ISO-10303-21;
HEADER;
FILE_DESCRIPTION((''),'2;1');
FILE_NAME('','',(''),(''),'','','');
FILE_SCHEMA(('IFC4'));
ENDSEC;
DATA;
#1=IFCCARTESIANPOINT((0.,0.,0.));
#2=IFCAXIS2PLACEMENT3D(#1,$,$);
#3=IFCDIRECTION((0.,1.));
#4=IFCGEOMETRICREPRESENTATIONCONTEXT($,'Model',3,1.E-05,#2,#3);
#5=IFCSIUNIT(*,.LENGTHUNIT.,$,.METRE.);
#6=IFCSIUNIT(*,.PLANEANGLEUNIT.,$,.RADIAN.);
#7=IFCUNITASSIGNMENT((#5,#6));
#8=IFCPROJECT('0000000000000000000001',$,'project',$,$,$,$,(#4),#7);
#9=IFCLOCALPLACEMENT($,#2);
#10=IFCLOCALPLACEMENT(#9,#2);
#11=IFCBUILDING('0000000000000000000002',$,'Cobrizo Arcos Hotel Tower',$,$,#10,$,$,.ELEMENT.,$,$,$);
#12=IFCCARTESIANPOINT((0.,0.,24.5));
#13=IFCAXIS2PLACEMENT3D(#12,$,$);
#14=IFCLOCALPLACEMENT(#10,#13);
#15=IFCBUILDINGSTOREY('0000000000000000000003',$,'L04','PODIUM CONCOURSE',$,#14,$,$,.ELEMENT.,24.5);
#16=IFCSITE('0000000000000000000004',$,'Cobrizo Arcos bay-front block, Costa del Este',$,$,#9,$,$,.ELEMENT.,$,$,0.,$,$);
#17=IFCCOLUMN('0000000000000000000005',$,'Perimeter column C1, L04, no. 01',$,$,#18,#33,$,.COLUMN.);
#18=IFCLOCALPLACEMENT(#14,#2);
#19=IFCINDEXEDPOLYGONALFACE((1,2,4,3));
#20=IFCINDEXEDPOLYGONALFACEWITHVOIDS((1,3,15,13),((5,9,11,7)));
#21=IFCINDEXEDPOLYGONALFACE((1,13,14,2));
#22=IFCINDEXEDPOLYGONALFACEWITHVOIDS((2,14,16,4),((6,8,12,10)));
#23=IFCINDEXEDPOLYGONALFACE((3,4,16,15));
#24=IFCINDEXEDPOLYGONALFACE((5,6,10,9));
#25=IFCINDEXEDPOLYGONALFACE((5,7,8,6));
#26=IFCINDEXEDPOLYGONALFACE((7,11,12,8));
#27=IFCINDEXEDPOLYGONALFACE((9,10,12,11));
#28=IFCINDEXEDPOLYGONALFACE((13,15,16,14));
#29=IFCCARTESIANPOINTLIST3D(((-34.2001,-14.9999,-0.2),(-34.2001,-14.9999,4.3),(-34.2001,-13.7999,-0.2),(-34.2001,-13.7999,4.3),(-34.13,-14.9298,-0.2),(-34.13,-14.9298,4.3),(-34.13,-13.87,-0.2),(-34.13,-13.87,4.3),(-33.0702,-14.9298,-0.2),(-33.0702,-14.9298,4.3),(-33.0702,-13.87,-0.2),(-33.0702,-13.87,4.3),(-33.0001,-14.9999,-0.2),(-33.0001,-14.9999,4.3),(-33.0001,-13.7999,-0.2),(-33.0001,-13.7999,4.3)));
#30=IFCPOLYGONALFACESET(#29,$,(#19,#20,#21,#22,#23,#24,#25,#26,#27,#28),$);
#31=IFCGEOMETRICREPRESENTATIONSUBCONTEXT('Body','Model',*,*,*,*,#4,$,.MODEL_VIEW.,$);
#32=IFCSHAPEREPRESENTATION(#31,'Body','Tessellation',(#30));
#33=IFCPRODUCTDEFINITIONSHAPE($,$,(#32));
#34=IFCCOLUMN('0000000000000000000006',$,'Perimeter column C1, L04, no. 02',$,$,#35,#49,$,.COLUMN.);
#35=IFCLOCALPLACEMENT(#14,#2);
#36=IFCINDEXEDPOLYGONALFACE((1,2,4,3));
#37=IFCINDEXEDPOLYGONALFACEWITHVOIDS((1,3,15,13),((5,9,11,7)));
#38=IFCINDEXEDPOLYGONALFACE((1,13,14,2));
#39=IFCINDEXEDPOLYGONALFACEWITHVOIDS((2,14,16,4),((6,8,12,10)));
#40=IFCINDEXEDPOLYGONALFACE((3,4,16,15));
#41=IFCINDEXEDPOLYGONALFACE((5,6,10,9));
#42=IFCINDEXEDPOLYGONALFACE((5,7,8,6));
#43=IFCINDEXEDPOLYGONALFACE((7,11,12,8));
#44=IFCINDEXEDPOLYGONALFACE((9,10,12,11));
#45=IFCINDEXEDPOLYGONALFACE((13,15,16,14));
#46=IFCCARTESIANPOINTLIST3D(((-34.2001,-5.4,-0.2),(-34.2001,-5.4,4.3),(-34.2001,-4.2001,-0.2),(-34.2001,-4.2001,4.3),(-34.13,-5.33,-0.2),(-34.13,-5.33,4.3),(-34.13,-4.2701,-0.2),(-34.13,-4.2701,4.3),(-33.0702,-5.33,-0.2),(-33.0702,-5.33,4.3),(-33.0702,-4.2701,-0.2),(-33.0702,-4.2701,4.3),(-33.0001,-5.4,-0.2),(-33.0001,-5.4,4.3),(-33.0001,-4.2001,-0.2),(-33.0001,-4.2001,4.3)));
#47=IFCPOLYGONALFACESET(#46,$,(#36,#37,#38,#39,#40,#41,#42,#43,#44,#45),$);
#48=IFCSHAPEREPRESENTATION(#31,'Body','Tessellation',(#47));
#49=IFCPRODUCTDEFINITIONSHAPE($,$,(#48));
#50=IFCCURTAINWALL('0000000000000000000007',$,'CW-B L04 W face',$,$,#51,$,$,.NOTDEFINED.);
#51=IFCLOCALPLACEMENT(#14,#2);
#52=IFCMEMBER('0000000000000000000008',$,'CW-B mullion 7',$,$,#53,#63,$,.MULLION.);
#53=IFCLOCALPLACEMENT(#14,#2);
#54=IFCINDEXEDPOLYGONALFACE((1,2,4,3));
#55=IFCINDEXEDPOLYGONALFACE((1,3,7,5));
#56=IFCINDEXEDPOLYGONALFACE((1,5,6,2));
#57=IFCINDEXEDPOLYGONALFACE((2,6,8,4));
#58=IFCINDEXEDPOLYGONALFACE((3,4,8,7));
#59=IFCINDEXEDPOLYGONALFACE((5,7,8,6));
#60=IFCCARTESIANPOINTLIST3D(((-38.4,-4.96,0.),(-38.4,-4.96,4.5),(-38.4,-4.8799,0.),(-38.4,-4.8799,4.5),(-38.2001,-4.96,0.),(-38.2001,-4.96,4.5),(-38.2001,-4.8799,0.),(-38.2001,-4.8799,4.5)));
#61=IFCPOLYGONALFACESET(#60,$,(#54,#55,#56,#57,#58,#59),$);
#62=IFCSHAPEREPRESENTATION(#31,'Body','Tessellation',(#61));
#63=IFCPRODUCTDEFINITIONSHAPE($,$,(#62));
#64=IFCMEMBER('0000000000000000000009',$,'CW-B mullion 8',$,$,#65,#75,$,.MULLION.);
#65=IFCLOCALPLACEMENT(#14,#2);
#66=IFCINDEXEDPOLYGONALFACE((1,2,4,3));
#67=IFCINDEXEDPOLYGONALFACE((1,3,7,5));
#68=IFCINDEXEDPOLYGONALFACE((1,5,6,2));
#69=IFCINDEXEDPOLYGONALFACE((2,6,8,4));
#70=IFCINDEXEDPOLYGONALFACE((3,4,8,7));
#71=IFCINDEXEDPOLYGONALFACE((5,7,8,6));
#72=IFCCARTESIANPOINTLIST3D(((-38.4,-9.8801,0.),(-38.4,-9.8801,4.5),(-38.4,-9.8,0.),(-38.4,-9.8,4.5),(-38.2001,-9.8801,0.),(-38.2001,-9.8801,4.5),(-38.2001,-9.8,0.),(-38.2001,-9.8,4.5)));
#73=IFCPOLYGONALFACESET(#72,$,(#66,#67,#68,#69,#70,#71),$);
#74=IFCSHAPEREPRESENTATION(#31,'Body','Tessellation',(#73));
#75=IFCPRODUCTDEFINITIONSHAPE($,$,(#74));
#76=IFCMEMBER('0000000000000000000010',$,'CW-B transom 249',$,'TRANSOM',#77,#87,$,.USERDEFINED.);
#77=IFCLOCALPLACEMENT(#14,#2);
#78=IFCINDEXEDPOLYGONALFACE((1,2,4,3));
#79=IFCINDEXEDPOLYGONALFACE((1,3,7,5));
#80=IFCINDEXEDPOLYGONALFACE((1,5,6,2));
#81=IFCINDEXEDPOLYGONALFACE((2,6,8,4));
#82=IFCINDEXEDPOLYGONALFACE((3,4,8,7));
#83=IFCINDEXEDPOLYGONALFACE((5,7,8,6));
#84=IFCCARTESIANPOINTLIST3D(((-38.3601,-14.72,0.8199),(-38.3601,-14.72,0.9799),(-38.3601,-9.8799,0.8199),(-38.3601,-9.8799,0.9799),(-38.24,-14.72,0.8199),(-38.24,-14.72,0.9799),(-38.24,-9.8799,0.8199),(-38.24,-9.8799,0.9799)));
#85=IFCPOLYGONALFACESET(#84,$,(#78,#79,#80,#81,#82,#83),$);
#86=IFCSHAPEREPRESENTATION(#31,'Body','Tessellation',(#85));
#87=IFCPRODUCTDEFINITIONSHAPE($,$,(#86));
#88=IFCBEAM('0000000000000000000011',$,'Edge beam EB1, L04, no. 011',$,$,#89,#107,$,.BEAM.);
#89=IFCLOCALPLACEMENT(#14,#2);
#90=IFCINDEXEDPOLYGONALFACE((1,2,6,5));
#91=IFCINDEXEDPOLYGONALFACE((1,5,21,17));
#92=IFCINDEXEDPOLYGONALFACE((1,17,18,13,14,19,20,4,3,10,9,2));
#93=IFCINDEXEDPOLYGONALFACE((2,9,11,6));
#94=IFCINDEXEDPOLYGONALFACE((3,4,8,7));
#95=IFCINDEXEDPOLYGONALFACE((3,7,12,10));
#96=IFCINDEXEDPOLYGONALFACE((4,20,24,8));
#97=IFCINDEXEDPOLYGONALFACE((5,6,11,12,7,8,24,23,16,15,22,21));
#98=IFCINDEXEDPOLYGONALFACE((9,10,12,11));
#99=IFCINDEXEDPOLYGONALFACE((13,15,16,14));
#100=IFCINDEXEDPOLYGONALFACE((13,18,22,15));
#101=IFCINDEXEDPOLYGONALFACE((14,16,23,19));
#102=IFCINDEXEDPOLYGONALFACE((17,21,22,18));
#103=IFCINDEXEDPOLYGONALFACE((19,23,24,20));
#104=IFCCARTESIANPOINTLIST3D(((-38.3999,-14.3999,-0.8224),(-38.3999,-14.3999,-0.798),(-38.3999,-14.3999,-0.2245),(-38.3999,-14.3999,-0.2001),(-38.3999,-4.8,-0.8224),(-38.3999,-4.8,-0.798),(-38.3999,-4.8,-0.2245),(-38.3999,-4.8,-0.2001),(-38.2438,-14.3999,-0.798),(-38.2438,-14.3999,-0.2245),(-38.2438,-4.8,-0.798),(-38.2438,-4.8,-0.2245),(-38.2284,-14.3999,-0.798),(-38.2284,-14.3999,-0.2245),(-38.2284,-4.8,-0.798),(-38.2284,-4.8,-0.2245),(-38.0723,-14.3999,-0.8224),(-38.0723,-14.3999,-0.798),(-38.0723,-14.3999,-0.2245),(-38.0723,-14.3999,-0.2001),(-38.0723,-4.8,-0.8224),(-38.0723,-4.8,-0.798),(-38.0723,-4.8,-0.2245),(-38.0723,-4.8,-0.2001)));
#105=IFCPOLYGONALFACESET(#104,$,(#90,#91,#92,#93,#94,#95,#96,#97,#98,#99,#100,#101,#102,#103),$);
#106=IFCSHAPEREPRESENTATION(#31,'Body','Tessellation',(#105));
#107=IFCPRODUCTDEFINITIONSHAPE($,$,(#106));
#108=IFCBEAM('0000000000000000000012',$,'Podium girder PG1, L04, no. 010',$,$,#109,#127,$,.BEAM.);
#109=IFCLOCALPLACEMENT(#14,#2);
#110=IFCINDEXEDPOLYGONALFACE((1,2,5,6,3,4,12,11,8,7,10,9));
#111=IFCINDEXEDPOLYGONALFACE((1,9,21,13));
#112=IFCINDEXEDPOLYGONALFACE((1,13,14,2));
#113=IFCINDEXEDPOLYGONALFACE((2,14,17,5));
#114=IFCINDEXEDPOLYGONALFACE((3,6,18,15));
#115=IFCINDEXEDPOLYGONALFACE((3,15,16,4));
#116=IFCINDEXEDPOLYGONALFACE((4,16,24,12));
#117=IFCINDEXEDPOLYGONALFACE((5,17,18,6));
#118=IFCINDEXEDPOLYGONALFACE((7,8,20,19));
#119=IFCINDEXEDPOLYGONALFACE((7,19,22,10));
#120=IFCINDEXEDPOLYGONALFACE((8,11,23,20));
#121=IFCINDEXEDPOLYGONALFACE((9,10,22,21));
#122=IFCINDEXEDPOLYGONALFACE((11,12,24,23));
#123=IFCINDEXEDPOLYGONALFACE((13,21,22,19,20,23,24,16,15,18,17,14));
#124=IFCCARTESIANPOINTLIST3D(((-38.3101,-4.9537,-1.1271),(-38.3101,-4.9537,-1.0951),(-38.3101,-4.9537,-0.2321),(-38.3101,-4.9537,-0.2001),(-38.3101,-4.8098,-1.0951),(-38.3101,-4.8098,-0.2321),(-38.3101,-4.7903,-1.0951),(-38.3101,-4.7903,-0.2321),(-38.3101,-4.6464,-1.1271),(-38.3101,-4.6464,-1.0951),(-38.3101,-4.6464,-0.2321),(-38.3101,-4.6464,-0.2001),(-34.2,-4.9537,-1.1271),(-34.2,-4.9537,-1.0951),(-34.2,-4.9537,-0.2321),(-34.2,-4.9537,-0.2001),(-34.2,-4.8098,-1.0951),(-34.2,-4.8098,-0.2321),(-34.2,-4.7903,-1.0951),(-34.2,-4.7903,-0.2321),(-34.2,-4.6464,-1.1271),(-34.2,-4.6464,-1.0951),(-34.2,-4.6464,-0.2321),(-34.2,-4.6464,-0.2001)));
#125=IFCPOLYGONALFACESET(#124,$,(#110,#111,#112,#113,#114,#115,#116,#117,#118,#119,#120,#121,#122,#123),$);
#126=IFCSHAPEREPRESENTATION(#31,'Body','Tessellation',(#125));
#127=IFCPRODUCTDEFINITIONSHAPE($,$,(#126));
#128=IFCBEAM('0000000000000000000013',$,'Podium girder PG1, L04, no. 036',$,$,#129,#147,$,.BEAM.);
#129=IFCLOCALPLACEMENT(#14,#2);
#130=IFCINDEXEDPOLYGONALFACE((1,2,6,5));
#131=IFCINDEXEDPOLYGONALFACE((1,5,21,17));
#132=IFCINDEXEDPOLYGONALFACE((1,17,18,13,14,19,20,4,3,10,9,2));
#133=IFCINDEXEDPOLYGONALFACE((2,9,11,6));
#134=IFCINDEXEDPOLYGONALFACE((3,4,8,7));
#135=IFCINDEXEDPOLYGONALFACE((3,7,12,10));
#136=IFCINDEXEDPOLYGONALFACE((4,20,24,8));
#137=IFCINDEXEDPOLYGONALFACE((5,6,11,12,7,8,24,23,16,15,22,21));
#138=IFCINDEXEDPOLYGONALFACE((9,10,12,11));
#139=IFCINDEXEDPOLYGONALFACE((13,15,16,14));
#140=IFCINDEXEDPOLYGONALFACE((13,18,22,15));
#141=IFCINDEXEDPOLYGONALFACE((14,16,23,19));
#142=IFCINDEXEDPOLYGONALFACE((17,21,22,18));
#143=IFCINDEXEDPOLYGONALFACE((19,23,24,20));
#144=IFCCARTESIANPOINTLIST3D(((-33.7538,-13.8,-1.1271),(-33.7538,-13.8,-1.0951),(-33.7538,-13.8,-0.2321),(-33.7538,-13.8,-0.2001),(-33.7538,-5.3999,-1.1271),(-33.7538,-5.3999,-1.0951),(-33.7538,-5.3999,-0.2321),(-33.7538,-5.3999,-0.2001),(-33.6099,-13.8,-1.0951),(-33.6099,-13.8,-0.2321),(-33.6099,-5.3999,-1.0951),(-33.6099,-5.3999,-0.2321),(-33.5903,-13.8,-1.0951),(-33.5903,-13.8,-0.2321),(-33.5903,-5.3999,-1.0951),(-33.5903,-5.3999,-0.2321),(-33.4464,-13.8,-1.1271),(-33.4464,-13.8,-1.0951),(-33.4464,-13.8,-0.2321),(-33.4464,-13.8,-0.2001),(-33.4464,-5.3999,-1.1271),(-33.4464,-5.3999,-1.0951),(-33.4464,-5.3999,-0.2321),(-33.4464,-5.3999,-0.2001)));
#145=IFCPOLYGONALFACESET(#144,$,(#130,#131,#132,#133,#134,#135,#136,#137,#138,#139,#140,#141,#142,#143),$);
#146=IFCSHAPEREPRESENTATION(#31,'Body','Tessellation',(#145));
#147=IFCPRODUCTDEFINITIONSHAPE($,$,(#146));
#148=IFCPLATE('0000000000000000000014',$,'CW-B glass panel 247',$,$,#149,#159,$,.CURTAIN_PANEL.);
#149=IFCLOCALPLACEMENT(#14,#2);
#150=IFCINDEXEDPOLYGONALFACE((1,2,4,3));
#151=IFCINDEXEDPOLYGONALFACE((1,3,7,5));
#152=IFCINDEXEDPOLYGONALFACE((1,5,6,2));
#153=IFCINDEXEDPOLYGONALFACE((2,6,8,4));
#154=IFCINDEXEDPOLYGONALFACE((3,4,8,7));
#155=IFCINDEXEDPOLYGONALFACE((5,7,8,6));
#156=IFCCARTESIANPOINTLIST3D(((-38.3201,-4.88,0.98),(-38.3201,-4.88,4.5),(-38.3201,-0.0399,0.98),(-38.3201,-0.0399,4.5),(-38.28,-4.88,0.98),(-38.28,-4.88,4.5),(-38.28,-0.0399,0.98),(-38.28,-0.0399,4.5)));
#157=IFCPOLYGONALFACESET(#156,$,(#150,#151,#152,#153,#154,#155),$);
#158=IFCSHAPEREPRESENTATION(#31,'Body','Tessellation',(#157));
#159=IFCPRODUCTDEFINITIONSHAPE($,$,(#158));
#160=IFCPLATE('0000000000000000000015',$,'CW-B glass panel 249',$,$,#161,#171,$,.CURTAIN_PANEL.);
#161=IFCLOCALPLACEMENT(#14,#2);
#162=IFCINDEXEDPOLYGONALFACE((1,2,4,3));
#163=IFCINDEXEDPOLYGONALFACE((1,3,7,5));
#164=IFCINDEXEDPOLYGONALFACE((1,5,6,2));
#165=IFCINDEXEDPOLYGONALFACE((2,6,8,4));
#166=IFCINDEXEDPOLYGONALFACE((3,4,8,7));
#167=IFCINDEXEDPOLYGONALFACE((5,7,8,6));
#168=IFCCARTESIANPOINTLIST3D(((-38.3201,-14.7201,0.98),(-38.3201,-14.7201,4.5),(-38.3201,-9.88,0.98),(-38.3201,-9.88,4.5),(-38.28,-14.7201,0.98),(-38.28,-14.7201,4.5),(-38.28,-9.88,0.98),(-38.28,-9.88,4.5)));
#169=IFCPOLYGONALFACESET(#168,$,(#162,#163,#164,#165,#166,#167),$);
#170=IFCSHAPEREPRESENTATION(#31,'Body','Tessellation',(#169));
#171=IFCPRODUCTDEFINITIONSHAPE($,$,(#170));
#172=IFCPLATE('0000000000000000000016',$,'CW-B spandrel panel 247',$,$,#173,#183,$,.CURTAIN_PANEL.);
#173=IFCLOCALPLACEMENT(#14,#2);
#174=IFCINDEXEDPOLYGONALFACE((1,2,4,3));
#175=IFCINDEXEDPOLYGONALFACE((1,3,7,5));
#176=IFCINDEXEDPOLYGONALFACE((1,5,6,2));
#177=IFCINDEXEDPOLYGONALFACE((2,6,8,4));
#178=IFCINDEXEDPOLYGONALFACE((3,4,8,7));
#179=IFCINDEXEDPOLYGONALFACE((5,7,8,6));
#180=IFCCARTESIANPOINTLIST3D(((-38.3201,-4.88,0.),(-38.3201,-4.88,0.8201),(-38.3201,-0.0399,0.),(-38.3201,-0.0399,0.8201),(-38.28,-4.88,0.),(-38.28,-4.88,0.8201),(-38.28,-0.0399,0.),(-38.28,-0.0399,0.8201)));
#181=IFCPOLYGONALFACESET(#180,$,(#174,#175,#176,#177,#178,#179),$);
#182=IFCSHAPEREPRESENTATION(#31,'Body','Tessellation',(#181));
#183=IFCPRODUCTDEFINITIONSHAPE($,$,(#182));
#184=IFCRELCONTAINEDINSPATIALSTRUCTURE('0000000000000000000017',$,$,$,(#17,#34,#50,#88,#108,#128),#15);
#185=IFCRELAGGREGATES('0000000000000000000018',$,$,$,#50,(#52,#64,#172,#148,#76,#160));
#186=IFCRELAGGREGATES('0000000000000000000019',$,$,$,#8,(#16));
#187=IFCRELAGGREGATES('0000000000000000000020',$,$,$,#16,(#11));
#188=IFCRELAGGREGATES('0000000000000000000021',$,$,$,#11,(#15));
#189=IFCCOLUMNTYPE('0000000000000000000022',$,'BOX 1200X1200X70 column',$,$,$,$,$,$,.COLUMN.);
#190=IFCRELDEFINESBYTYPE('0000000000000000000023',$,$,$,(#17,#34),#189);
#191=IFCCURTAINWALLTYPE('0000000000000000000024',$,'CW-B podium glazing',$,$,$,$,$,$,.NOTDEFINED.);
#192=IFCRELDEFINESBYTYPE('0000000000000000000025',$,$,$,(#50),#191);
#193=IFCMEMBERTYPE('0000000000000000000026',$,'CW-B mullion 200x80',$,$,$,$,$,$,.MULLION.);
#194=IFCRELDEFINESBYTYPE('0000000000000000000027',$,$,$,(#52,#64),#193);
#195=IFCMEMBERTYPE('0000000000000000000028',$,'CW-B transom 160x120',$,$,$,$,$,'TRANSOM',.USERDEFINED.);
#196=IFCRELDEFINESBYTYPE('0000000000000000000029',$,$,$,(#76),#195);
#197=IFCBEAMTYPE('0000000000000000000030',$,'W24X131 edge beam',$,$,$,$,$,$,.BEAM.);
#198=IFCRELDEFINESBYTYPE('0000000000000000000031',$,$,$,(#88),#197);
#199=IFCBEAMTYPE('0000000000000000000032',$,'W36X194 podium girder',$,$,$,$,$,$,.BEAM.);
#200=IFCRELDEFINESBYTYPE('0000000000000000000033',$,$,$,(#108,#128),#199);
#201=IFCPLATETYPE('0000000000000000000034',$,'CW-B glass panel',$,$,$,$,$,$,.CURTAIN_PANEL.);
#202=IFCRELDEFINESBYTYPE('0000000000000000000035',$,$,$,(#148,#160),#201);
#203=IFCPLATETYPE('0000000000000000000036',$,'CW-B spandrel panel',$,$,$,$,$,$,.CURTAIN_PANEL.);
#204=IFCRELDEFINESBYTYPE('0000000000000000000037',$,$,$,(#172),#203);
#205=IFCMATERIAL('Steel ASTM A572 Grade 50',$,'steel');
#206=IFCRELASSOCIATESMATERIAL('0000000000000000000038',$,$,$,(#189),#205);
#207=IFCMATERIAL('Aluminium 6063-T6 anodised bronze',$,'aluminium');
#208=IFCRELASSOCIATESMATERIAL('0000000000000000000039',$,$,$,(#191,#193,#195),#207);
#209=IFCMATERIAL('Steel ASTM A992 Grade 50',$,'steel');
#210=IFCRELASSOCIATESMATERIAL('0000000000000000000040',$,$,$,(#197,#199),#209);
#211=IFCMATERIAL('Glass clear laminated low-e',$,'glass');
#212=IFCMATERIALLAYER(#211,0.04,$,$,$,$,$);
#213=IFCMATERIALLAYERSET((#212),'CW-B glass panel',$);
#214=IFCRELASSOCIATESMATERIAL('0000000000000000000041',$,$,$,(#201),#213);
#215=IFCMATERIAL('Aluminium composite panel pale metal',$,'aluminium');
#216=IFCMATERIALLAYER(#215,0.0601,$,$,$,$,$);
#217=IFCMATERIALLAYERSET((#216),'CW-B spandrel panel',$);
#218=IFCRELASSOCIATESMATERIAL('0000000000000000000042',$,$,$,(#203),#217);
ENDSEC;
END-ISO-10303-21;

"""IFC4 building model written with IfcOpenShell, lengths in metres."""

from ifc_helpers import new_model, si_unit, direction, frame, origin, origin_2d, place, context, subcontext, project, spatial, rectangle, hollow_rectangle, i_section, extrude, material, layer, layer_set, material_profile, profile_set, type_object, element, aggregate, save


model = new_model("IFC4")

# Units and contexts
model_context = context("Model", 3, precision=1e-05, world=origin(), true_north=direction((0.0, 1.0)))
body_context = subcontext(model_context, "Body", "Model", "MODEL_VIEW")
ifc_project = project(units=[si_unit("LENGTHUNIT", "METRE"), si_unit("PLANEANGLEUNIT", "RADIAN")], contexts=[model_context])

# Site, building, storey
site_placement = place(None, origin())
site = spatial("IfcSite", under=ifc_project, at=site_placement, Name="Cobrizo Arcos bay-front block, Costa del Este", CompositionType="ELEMENT", RefElevation=0.0)
building_placement = place(site_placement, origin())
building = spatial("IfcBuilding", under=site, at=building_placement, Name="Cobrizo Arcos Hotel Tower", CompositionType="ELEMENT")
storey_placement = place(building_placement, frame((0.0, 0.0, 24.5)))
storey = spatial("IfcBuildingStorey", under=building, at=storey_placement, Name="L04", Description="PODIUM CONCOURSE", CompositionType="ELEMENT", Elevation=24.5)

# Columns
ifc_material_1 = material(Name="Steel ASTM A572 Grade 50", Category="steel")
ifc_material_profile_1 = material_profile(ifc_material_1, hollow_rectangle(XDim=1.2, YDim=1.2, WallThickness=0.0701, at=origin_2d()), Name="BOX 1200X1200X70")
ifc_profile_set_1 = profile_set([ifc_material_profile_1], Name="Steel ASTM A572 Grade 50")
column_type = type_object("IfcColumnType", Name="BOX 1200X1200X70 column", PredefinedType="COLUMN", material=ifc_profile_set_1)
for number, where, z_axis, x_axis, name in (
    (1, (-33.6001, -14.3999, -0.2), (0.0, 0.0, 1.0), (1.0, 0.0, 0.0), "Perimeter column C1, L04, no. 01"),
    (2, (-33.6001, -4.8, -0.2), (0.0, 0.0, 1.0), (1.0, 0.0, 0.0), "Perimeter column C1, L04, no. 02"),
):
    element("IfcColumn", number, at=place(storey_placement, frame(where, z_axis=z_axis, x_axis=x_axis)), inside=storey, type_object=column_type, Name=name, PredefinedType="COLUMN", context=body_context, shape_type="SweptSolid", body=[
        extrude(hollow_rectangle(XDim=1.2, YDim=1.2, WallThickness=0.0701, at=origin_2d()), origin(), (0.0, 0.0, 1.0), 4.5),
    ])

# Curtain wall, members
ifc_material_2 = material(Name="Aluminium 6063-T6 anodised bronze", Category="aluminium")
curtain_wall_type = type_object("IfcCurtainWallType", Name="CW-B podium glazing", PredefinedType="NOTDEFINED", material=ifc_material_2)
curtain_wall_placement = place(storey_placement, origin())
curtain_wall = element("IfcCurtainWall", 3, at=curtain_wall_placement, inside=storey, type_object=curtain_wall_type, Name="CW-B L04 W face", PredefinedType="NOTDEFINED")
ifc_material_profile_2 = material_profile(ifc_material_2, rectangle(XDim=0.2, YDim=0.0801, at=origin_2d()), Name="CW-B mullion 200x80")
ifc_profile_set_2 = profile_set([ifc_material_profile_2], Name="Aluminium 6063-T6 anodised bronze")
member_type_1 = type_object("IfcMemberType", Name="CW-B mullion 200x80", PredefinedType="MULLION", material=ifc_profile_set_2)
member_1_placement = place(storey_placement, frame((-38.3, -4.9199, 0.0), z_axis=(0.0, 0.0, 1.0), x_axis=(-1.0, 0.0, 0.0)))
member_1 = element("IfcMember", 4, at=member_1_placement, type_object=member_type_1, Name="CW-B mullion 7", PredefinedType="MULLION", context=body_context, shape_type="SweptSolid", body=[
    extrude(rectangle(XDim=0.2, YDim=0.0801, at=origin_2d()), origin(), (0.0, 0.0, 1.0), 4.5),
])
member_2_placement = place(storey_placement, frame((-38.3, -9.8401, 0.0), z_axis=(0.0, 0.0, 1.0), x_axis=(-1.0, 0.0, 0.0)))
member_2 = element("IfcMember", 5, at=member_2_placement, type_object=member_type_1, Name="CW-B mullion 8", PredefinedType="MULLION", context=body_context, shape_type="SweptSolid", body=[
    extrude(rectangle(XDim=0.2, YDim=0.0801, at=origin_2d()), origin(), (0.0, 0.0, 1.0), 4.5),
])
ifc_material_profile_3 = material_profile(ifc_material_2, rectangle(XDim=0.1201, YDim=0.1599, at=origin_2d()), Name="CW-B transom 160x120")
ifc_profile_set_3 = profile_set([ifc_material_profile_3], Name="Aluminium 6063-T6 anodised bronze")
member_type_2 = type_object("IfcMemberType", Name="CW-B transom 160x120", ElementType="TRANSOM", PredefinedType="USERDEFINED", material=ifc_profile_set_3)
member_3_placement = place(storey_placement, frame((-38.3, -9.8799, 0.8999), z_axis=(0.0, -1.0, 0.0), x_axis=(1.0, 0.0, 0.0)))
member_3 = element("IfcMember", 6, at=member_3_placement, type_object=member_type_2, Name="CW-B transom 249", ObjectType="TRANSOM", PredefinedType="USERDEFINED", context=body_context, shape_type="SweptSolid", body=[
    extrude(rectangle(XDim=0.1201, YDim=0.1599, at=origin_2d()), origin(), (0.0, 0.0, 1.0), 4.8401),
])

# Beams
ifc_material_3 = material(Name="Steel ASTM A992 Grade 50", Category="steel")
ifc_material_profile_4 = material_profile(ifc_material_3, i_section(OverallWidth=0.3276, OverallDepth=0.6223, WebThickness=0.0154, FlangeThickness=0.0244, at=origin_2d()), Name="W24X131")
ifc_profile_set_4 = profile_set([ifc_material_profile_4], Name="Steel ASTM A992 Grade 50")
beam_type_1 = type_object("IfcBeamType", Name="W24X131 edge beam", PredefinedType="BEAM", material=ifc_profile_set_4)
beam_1_placement = place(storey_placement, frame((-38.2361, -4.8, -0.5112), z_axis=(0.0, -1.0, 0.0), x_axis=(1.0, 0.0, 0.0)))
element("IfcBeam", 7, at=beam_1_placement, inside=storey, type_object=beam_type_1, Name="Edge beam EB1, L04, no. 011", PredefinedType="BEAM", context=body_context, shape_type="SweptSolid", body=[
    extrude(i_section(OverallWidth=0.3276, OverallDepth=0.6223, WebThickness=0.0154, FlangeThickness=0.0244, at=origin_2d()), origin(), (0.0, 0.0, 1.0), 9.5999),
])
ifc_material_profile_5 = material_profile(ifc_material_3, i_section(OverallWidth=0.3074, OverallDepth=0.927, WebThickness=0.0195, FlangeThickness=0.032, at=origin_2d()), Name="W36X194")
ifc_profile_set_5 = profile_set([ifc_material_profile_5], Name="Steel ASTM A992 Grade 50")
beam_type_2 = type_object("IfcBeamType", Name="W36X194 podium girder", PredefinedType="BEAM", material=ifc_profile_set_5)
beam_2_placement = place(storey_placement, frame((-38.3101, -4.8, -0.6636), z_axis=(1.0, 0.0, 0.0), x_axis=(0.0, 1.0, 0.0)))
element("IfcBeam", 8, at=beam_2_placement, inside=storey, type_object=beam_type_2, Name="Podium girder PG1, L04, no. 010", PredefinedType="BEAM", context=body_context, shape_type="SweptSolid", body=[
    extrude(i_section(OverallWidth=0.3074, OverallDepth=0.927, WebThickness=0.0195, FlangeThickness=0.032, at=origin_2d()), origin(), (0.0, 0.0, 1.0), 4.1101),
])
beam_3_placement = place(storey_placement, frame((-33.6001, -13.8, -0.6636), z_axis=(0.0, 1.0, 0.0), x_axis=(-1.0, 0.0, 0.0)))
element("IfcBeam", 9, at=beam_3_placement, inside=storey, type_object=beam_type_2, Name="Podium girder PG1, L04, no. 036", PredefinedType="BEAM", context=body_context, shape_type="SweptSolid", body=[
    extrude(i_section(OverallWidth=0.3074, OverallDepth=0.927, WebThickness=0.0195, FlangeThickness=0.032, at=origin_2d()), origin(), (0.0, 0.0, 1.0), 8.4001),
])

# Plates
ifc_material_4 = material(Name="Glass clear laminated low-e", Category="glass")
ifc_layer_1 = layer(ifc_material_4, 0.04)
ifc_layer_set_1 = layer_set([ifc_layer_1], Name="CW-B glass panel")
plate_type_1 = type_object("IfcPlateType", Name="CW-B glass panel", PredefinedType="CURTAIN_PANEL", material=ifc_layer_set_1)
plate_1_placement = place(storey_placement, frame((-38.3, -2.46, 0.98), z_axis=(0.0, 0.0, 1.0), x_axis=(0.0, -1.0, 0.0)))
plate_1 = element("IfcPlate", 10, at=plate_1_placement, type_object=plate_type_1, Name="CW-B glass panel 247", PredefinedType="CURTAIN_PANEL", context=body_context, shape_type="SweptSolid", body=[
    extrude(rectangle(XDim=4.8401, YDim=0.04, at=origin_2d()), origin(), (0.0, 0.0, 1.0), 3.52),
])
plate_2_placement = place(storey_placement, frame((-38.3, -12.3, 0.98), z_axis=(0.0, 0.0, 1.0), x_axis=(0.0, -1.0, 0.0)))
plate_2 = element("IfcPlate", 11, at=plate_2_placement, type_object=plate_type_1, Name="CW-B glass panel 249", PredefinedType="CURTAIN_PANEL", context=body_context, shape_type="SweptSolid", body=[
    extrude(rectangle(XDim=4.8401, YDim=0.04, at=origin_2d()), origin(), (0.0, 0.0, 1.0), 3.52),
])
ifc_material_5 = material(Name="Aluminium composite panel pale metal", Category="aluminium")
ifc_layer_2 = layer(ifc_material_5, 0.0601)
ifc_layer_set_2 = layer_set([ifc_layer_2], Name="CW-B spandrel panel")
plate_type_2 = type_object("IfcPlateType", Name="CW-B spandrel panel", PredefinedType="CURTAIN_PANEL", material=ifc_layer_set_2)
plate_3_placement = place(storey_placement, frame((-38.3, -2.46, 0.0), z_axis=(0.0, 0.0, 1.0), x_axis=(0.0, -1.0, 0.0)))
plate_3 = element("IfcPlate", 12, at=plate_3_placement, type_object=plate_type_2, Name="CW-B spandrel panel 247", PredefinedType="CURTAIN_PANEL", context=body_context, shape_type="SweptSolid", body=[
    extrude(rectangle(XDim=4.8401, YDim=0.04, at=origin_2d()), origin(), (0.0, 0.0, 1.0), 0.8201),
])
aggregate(curtain_wall, [member_1, member_2, plate_3, plate_1, member_3, plate_2])

save(model, "model.ifc")
